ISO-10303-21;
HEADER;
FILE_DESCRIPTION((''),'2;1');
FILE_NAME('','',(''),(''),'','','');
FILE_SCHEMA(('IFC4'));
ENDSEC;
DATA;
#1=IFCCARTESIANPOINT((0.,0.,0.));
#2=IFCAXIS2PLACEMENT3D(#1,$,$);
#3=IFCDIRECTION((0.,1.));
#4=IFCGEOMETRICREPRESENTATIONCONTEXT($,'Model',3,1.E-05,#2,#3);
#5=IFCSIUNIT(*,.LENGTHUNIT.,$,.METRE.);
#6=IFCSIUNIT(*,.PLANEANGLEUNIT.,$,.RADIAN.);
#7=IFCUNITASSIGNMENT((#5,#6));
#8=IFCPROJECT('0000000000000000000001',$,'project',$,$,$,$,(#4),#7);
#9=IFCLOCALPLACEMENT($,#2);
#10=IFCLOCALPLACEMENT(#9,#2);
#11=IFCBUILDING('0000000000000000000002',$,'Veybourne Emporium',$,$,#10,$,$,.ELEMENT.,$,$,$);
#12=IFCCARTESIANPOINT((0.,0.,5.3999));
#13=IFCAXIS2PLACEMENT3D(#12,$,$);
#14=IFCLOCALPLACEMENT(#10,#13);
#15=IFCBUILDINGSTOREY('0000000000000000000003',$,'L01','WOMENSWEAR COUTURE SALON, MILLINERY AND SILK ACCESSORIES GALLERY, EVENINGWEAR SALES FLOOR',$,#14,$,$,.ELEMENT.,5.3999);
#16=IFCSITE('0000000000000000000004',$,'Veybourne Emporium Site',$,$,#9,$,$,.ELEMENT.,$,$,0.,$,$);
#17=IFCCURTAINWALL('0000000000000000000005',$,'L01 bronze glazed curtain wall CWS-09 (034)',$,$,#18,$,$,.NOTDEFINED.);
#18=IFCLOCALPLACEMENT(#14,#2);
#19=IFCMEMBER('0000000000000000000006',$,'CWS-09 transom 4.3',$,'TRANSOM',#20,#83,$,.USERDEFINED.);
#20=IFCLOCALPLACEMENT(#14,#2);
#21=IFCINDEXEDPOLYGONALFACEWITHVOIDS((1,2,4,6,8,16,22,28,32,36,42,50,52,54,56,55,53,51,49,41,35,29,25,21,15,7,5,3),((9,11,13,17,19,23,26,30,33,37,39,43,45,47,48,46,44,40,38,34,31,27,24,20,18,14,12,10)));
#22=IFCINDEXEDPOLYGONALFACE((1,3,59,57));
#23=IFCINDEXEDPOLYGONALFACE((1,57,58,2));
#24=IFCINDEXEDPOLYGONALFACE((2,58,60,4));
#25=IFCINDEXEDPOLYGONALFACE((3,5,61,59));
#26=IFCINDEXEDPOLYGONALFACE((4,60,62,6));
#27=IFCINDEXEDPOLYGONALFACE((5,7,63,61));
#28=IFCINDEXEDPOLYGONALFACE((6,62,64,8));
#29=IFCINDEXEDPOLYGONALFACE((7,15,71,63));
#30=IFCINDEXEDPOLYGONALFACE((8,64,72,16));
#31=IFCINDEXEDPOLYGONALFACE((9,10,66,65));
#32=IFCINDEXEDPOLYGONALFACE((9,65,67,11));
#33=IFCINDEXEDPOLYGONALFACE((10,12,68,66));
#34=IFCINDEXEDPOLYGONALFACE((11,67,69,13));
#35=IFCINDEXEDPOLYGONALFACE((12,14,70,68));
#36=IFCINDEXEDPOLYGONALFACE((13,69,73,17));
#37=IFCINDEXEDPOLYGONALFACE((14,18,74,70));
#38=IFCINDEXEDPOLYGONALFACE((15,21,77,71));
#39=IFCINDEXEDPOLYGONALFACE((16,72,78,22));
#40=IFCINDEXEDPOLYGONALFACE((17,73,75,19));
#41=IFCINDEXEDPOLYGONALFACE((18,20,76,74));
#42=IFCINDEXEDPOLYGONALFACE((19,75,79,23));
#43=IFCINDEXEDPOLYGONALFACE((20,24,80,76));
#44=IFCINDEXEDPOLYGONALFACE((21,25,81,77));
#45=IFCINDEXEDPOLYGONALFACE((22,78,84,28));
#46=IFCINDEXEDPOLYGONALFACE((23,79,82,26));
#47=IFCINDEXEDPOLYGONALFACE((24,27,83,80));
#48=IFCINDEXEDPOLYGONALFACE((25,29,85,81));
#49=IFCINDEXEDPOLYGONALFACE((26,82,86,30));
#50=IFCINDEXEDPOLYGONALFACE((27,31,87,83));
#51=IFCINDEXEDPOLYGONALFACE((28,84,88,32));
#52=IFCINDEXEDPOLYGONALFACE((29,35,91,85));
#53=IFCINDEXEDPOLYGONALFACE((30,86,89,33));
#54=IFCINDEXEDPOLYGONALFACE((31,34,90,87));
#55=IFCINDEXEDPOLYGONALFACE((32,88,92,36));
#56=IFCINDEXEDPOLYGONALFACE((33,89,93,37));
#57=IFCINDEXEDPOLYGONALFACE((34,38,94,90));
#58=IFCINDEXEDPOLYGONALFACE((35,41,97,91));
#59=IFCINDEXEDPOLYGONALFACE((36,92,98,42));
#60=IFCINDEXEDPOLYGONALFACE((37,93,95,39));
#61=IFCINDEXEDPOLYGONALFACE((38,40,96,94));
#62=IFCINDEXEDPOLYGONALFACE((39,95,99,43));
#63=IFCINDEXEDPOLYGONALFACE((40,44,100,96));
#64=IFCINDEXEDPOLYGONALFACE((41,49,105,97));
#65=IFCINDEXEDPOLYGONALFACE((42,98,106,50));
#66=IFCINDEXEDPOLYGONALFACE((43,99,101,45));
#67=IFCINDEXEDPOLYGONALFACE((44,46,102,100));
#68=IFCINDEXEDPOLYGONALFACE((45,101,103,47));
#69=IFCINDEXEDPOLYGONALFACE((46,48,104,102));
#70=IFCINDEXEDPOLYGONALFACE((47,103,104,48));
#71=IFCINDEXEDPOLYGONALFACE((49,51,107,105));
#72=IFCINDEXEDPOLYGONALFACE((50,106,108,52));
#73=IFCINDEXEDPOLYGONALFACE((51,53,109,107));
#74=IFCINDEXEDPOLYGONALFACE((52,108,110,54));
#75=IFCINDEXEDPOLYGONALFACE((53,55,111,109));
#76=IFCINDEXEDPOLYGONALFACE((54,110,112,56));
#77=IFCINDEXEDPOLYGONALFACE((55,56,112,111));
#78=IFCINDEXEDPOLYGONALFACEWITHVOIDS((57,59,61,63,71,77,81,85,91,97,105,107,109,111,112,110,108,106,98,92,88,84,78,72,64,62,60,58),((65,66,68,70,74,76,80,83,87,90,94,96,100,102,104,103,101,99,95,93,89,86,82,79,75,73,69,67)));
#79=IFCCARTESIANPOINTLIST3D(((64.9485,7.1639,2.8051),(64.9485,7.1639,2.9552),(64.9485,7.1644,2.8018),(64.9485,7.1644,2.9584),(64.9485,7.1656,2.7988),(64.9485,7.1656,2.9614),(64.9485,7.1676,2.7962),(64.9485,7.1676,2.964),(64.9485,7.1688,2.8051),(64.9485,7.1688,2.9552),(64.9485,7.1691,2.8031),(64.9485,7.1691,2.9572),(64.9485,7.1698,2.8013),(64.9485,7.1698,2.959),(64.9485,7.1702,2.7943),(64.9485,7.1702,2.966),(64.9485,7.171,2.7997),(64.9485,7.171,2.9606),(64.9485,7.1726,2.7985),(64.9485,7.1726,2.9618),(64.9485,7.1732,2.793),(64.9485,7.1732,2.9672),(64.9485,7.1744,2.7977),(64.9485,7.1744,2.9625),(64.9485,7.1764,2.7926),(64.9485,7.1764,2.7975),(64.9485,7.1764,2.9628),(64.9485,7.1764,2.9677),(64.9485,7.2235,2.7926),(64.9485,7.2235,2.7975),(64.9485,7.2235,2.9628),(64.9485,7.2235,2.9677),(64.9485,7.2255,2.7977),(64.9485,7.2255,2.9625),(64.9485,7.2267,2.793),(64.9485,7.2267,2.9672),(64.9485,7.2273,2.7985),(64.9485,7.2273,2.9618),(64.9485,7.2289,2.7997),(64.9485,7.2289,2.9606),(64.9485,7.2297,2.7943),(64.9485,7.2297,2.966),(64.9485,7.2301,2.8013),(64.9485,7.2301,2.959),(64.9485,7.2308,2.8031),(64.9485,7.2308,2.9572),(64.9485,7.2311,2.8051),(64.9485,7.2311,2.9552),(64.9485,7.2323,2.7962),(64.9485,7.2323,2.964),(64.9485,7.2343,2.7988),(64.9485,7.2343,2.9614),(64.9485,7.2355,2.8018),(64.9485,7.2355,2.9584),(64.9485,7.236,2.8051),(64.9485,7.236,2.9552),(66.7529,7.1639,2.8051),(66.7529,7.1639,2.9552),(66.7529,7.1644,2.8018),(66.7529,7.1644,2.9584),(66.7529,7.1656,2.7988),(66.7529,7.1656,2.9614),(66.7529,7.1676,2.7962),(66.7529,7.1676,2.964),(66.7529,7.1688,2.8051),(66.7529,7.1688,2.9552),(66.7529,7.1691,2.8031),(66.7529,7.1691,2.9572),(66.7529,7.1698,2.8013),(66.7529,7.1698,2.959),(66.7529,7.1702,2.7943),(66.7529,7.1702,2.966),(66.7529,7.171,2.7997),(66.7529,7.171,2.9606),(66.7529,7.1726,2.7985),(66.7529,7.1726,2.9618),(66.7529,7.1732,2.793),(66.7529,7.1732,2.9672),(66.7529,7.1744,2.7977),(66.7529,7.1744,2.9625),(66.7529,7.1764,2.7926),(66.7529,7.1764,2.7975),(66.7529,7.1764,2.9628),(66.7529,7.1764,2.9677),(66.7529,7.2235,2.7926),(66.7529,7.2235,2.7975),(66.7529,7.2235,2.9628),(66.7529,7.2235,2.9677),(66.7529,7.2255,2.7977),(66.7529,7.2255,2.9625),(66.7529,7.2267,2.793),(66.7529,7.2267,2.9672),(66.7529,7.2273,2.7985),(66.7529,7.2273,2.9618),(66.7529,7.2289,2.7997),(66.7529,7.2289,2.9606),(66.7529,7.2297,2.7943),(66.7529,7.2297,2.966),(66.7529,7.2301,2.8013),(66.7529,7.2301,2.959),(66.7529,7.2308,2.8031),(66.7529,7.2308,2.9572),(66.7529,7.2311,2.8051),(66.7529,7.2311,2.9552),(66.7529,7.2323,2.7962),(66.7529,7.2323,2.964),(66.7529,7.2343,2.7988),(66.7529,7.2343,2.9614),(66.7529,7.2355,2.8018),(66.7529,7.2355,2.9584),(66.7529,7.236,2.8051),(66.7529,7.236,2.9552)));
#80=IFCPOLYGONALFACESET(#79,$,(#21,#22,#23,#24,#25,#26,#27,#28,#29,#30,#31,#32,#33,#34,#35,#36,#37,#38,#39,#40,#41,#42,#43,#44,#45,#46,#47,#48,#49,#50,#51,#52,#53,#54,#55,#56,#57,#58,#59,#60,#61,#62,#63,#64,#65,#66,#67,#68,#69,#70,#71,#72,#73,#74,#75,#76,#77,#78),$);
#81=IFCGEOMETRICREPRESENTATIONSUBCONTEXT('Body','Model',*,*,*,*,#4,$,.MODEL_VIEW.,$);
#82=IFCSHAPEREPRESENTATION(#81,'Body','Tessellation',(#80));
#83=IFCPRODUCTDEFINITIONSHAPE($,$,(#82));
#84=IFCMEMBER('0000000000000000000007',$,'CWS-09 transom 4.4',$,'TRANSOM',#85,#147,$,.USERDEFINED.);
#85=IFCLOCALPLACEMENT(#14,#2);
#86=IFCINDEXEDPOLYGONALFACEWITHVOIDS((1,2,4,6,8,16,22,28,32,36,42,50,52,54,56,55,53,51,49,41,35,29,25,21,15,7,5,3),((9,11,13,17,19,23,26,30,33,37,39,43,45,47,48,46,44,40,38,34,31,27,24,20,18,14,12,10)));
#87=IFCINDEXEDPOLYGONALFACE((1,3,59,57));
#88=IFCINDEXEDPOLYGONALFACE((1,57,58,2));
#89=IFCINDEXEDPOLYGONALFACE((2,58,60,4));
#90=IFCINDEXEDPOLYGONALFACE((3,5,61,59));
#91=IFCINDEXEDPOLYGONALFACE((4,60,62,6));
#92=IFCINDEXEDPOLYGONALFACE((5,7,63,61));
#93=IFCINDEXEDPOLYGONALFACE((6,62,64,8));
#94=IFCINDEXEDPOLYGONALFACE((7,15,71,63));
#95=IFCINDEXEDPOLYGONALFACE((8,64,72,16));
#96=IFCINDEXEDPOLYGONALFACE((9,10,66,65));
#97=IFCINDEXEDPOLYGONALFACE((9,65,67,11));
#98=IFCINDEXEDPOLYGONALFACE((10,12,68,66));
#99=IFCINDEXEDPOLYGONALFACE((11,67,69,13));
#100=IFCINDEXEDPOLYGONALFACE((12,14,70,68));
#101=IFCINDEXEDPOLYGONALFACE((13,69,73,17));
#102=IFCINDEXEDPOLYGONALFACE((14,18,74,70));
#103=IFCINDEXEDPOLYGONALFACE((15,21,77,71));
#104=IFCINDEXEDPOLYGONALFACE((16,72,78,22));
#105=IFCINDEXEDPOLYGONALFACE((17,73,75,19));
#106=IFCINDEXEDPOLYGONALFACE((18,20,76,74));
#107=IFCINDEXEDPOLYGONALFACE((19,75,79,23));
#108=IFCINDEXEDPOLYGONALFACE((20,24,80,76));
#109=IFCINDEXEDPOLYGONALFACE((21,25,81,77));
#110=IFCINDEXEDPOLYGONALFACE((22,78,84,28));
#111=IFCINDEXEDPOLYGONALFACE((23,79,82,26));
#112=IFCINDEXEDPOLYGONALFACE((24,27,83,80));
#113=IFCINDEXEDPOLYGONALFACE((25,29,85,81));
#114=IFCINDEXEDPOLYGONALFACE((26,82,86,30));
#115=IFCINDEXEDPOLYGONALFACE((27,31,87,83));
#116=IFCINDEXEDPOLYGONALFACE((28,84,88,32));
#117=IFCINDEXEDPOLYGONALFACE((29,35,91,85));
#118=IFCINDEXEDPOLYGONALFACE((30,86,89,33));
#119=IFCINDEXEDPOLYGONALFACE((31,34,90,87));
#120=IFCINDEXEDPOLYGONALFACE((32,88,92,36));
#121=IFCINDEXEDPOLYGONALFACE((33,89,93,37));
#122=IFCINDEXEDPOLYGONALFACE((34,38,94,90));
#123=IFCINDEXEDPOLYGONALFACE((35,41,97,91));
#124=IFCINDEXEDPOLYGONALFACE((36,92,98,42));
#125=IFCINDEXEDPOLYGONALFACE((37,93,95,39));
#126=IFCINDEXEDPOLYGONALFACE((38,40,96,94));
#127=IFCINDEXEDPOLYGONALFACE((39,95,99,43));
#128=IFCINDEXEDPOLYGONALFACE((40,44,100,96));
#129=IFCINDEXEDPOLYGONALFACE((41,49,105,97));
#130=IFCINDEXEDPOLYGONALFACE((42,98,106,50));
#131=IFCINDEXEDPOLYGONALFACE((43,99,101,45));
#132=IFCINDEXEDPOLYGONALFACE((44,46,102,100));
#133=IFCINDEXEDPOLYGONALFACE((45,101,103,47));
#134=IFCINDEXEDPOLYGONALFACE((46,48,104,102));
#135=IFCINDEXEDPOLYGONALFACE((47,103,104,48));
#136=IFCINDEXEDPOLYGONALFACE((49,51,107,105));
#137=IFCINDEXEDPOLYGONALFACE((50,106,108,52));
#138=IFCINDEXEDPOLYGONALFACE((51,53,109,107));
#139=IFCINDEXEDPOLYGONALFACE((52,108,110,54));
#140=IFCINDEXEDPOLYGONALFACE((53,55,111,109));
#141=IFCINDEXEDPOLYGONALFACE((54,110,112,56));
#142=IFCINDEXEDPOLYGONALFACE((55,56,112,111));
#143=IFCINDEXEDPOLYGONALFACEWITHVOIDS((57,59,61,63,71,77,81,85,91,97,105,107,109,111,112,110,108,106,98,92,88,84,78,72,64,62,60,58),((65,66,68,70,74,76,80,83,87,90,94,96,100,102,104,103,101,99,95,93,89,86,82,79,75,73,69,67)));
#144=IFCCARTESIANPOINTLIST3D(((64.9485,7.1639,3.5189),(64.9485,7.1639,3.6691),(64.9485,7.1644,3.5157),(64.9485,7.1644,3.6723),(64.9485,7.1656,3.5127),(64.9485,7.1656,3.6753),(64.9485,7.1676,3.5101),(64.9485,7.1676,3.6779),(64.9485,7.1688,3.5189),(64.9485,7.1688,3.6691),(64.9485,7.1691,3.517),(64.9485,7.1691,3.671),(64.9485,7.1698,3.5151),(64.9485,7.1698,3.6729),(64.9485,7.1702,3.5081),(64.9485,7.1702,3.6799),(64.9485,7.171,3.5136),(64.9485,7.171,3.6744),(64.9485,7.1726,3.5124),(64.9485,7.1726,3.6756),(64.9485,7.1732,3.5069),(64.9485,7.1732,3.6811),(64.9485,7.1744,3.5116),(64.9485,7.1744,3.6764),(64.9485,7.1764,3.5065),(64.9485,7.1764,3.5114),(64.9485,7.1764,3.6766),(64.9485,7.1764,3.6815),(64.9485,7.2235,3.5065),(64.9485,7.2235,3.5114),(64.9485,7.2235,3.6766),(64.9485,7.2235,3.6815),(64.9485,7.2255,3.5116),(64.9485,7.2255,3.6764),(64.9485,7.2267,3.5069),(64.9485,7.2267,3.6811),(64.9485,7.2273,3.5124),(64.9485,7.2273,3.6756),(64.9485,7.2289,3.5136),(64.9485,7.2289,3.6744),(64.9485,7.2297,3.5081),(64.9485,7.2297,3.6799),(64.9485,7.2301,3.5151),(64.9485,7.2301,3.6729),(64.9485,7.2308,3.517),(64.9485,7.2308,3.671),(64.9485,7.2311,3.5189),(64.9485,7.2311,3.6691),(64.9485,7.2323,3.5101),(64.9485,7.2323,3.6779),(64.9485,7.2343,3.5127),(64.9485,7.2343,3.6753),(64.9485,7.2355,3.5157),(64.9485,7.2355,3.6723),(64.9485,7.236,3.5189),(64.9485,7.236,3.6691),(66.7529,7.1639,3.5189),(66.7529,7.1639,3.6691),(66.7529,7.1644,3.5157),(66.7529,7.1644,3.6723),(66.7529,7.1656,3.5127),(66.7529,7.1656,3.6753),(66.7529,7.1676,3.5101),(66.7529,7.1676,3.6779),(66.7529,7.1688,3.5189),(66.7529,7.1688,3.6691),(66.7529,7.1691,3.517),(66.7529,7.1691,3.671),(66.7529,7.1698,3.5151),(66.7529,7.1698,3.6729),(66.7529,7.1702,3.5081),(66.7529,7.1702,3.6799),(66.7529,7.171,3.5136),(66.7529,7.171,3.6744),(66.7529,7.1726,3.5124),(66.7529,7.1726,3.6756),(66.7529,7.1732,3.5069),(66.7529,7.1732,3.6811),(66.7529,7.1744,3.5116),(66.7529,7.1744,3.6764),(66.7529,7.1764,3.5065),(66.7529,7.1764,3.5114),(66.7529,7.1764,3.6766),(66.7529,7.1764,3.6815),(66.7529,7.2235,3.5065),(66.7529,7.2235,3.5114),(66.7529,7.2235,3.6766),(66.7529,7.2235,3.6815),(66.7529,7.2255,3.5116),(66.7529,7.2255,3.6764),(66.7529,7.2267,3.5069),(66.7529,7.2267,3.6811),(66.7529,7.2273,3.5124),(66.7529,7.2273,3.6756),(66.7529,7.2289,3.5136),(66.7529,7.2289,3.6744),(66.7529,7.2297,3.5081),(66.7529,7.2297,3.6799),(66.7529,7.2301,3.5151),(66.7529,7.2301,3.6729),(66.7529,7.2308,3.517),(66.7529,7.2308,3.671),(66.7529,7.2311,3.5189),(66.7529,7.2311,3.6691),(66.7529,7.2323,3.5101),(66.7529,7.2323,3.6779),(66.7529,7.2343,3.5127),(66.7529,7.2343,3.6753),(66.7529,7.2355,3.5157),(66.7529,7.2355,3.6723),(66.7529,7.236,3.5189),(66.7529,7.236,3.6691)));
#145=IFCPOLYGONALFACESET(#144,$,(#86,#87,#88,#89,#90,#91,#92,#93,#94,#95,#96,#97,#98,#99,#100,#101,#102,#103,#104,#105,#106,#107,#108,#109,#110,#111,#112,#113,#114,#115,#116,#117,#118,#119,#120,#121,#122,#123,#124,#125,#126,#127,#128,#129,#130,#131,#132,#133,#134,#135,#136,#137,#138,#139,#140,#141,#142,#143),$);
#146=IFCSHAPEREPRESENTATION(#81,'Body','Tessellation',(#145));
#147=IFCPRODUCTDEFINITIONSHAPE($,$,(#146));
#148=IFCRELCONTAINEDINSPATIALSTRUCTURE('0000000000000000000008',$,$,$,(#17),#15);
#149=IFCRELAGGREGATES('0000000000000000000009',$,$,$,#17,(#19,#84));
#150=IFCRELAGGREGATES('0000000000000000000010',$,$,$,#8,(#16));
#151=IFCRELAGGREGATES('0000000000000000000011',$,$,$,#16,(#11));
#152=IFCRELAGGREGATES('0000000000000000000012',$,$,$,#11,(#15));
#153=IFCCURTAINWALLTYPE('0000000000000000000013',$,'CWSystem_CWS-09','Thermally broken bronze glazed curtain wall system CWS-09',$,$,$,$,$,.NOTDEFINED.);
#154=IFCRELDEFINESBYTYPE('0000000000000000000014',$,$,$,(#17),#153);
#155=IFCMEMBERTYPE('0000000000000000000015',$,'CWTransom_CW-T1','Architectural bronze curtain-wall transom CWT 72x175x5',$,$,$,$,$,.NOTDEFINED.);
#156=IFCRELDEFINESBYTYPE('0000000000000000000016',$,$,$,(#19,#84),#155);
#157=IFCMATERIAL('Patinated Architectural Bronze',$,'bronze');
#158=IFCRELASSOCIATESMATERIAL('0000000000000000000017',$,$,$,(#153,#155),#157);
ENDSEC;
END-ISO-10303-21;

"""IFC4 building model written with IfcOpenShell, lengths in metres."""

from ifc_helpers import new_model, si_unit, direction, frame, origin, origin_2d, place, context, subcontext, project, spatial, hollow_rectangle, extrude, material, material_profile, profile_set, type_object, element, aggregate, save


model = new_model("IFC4")

# Units and contexts
model_context = context("Model", 3, precision=1e-05, world=origin(), true_north=direction((0.0, 1.0)))
body_context = subcontext(model_context, "Body", "Model", "MODEL_VIEW")
ifc_project = project(units=[si_unit("LENGTHUNIT", "METRE"), si_unit("PLANEANGLEUNIT", "RADIAN")], contexts=[model_context])

# Site, building, storey
site_placement = place(None, origin())
site = spatial("IfcSite", under=ifc_project, at=site_placement, Name="Veybourne Emporium Site", CompositionType="ELEMENT", RefElevation=0.0)
building_placement = place(site_placement, origin())
building = spatial("IfcBuilding", under=site, at=building_placement, Name="Veybourne Emporium", CompositionType="ELEMENT")
storey_placement = place(building_placement, frame((0.0, 0.0, 5.3999)))
storey = spatial("IfcBuildingStorey", under=building, at=storey_placement, Name="L01", Description="WOMENSWEAR COUTURE SALON, MILLINERY AND SILK ACCESSORIES GALLERY, EVENINGWEAR SALES FLOOR", CompositionType="ELEMENT", Elevation=5.3999)

# Curtain wall
ifc_material_1 = material(Name="Patinated Architectural Bronze", Category="bronze")
curtain_wall_type_1 = type_object("IfcCurtainWallType", Name="CWSystem_CWS-09", Description="Thermally broken bronze glazed curtain wall system CWS-09", PredefinedType="NOTDEFINED", material=ifc_material_1)
curtain_wall_1_placement = place(storey_placement, origin())
curtain_wall_1 = element("IfcCurtainWall", 1, at=curtain_wall_1_placement, inside=storey, type_object=curtain_wall_type_1, Name="L01 bronze glazed curtain wall CWS-09 (034)", PredefinedType="NOTDEFINED")

# Members
ifc_material_profile_1 = material_profile(ifc_material_1, hollow_rectangle(XDim=0.072, YDim=0.175, WallThickness=0.0049, InnerFilletRadius=0.0076, OuterFilletRadius=0.0125, at=origin_2d()), Name="CWT 72x175x5")
ifc_profile_set_1 = profile_set([ifc_material_profile_1], Name="Patinated Architectural Bronze")
member_type_1 = type_object("IfcMemberType", Name="CWTransom_CW-T1", Description="Architectural bronze curtain-wall transom CWT 72x175x5", PredefinedType="NOTDEFINED", material=ifc_profile_set_1)
member_1_placement = place(storey_placement, frame((64.9485, 7.2, 2.8801), z_axis=(1.0, 0.0, 0.0), x_axis=(0.0, 1.0, 0.0)))
member_1 = element("IfcMember", 2, at=member_1_placement, type_object=member_type_1, Name="CWS-09 transom 4.3", ObjectType="TRANSOM", PredefinedType="USERDEFINED", context=body_context, shape_type="SweptSolid", body=[
    extrude(hollow_rectangle(XDim=0.072, YDim=0.175, WallThickness=0.0049, InnerFilletRadius=0.0076, OuterFilletRadius=0.0125, at=origin_2d()), origin(), (0.0, 0.0, 1.0), 1.8044),
])
member_2_placement = place(storey_placement, frame((64.9485, 7.2, 3.594), z_axis=(1.0, 0.0, 0.0), x_axis=(0.0, 1.0, 0.0)))
member_2 = element("IfcMember", 3, at=member_2_placement, type_object=member_type_1, Name="CWS-09 transom 4.4", ObjectType="TRANSOM", PredefinedType="USERDEFINED", context=body_context, shape_type="SweptSolid", body=[
    extrude(hollow_rectangle(XDim=0.072, YDim=0.175, WallThickness=0.0049, InnerFilletRadius=0.0076, OuterFilletRadius=0.0125, at=origin_2d()), origin(), (0.0, 0.0, 1.0), 1.8044),
])

aggregate(curtain_wall_1, [member_1, member_2])

save(model, "model.ifc")
